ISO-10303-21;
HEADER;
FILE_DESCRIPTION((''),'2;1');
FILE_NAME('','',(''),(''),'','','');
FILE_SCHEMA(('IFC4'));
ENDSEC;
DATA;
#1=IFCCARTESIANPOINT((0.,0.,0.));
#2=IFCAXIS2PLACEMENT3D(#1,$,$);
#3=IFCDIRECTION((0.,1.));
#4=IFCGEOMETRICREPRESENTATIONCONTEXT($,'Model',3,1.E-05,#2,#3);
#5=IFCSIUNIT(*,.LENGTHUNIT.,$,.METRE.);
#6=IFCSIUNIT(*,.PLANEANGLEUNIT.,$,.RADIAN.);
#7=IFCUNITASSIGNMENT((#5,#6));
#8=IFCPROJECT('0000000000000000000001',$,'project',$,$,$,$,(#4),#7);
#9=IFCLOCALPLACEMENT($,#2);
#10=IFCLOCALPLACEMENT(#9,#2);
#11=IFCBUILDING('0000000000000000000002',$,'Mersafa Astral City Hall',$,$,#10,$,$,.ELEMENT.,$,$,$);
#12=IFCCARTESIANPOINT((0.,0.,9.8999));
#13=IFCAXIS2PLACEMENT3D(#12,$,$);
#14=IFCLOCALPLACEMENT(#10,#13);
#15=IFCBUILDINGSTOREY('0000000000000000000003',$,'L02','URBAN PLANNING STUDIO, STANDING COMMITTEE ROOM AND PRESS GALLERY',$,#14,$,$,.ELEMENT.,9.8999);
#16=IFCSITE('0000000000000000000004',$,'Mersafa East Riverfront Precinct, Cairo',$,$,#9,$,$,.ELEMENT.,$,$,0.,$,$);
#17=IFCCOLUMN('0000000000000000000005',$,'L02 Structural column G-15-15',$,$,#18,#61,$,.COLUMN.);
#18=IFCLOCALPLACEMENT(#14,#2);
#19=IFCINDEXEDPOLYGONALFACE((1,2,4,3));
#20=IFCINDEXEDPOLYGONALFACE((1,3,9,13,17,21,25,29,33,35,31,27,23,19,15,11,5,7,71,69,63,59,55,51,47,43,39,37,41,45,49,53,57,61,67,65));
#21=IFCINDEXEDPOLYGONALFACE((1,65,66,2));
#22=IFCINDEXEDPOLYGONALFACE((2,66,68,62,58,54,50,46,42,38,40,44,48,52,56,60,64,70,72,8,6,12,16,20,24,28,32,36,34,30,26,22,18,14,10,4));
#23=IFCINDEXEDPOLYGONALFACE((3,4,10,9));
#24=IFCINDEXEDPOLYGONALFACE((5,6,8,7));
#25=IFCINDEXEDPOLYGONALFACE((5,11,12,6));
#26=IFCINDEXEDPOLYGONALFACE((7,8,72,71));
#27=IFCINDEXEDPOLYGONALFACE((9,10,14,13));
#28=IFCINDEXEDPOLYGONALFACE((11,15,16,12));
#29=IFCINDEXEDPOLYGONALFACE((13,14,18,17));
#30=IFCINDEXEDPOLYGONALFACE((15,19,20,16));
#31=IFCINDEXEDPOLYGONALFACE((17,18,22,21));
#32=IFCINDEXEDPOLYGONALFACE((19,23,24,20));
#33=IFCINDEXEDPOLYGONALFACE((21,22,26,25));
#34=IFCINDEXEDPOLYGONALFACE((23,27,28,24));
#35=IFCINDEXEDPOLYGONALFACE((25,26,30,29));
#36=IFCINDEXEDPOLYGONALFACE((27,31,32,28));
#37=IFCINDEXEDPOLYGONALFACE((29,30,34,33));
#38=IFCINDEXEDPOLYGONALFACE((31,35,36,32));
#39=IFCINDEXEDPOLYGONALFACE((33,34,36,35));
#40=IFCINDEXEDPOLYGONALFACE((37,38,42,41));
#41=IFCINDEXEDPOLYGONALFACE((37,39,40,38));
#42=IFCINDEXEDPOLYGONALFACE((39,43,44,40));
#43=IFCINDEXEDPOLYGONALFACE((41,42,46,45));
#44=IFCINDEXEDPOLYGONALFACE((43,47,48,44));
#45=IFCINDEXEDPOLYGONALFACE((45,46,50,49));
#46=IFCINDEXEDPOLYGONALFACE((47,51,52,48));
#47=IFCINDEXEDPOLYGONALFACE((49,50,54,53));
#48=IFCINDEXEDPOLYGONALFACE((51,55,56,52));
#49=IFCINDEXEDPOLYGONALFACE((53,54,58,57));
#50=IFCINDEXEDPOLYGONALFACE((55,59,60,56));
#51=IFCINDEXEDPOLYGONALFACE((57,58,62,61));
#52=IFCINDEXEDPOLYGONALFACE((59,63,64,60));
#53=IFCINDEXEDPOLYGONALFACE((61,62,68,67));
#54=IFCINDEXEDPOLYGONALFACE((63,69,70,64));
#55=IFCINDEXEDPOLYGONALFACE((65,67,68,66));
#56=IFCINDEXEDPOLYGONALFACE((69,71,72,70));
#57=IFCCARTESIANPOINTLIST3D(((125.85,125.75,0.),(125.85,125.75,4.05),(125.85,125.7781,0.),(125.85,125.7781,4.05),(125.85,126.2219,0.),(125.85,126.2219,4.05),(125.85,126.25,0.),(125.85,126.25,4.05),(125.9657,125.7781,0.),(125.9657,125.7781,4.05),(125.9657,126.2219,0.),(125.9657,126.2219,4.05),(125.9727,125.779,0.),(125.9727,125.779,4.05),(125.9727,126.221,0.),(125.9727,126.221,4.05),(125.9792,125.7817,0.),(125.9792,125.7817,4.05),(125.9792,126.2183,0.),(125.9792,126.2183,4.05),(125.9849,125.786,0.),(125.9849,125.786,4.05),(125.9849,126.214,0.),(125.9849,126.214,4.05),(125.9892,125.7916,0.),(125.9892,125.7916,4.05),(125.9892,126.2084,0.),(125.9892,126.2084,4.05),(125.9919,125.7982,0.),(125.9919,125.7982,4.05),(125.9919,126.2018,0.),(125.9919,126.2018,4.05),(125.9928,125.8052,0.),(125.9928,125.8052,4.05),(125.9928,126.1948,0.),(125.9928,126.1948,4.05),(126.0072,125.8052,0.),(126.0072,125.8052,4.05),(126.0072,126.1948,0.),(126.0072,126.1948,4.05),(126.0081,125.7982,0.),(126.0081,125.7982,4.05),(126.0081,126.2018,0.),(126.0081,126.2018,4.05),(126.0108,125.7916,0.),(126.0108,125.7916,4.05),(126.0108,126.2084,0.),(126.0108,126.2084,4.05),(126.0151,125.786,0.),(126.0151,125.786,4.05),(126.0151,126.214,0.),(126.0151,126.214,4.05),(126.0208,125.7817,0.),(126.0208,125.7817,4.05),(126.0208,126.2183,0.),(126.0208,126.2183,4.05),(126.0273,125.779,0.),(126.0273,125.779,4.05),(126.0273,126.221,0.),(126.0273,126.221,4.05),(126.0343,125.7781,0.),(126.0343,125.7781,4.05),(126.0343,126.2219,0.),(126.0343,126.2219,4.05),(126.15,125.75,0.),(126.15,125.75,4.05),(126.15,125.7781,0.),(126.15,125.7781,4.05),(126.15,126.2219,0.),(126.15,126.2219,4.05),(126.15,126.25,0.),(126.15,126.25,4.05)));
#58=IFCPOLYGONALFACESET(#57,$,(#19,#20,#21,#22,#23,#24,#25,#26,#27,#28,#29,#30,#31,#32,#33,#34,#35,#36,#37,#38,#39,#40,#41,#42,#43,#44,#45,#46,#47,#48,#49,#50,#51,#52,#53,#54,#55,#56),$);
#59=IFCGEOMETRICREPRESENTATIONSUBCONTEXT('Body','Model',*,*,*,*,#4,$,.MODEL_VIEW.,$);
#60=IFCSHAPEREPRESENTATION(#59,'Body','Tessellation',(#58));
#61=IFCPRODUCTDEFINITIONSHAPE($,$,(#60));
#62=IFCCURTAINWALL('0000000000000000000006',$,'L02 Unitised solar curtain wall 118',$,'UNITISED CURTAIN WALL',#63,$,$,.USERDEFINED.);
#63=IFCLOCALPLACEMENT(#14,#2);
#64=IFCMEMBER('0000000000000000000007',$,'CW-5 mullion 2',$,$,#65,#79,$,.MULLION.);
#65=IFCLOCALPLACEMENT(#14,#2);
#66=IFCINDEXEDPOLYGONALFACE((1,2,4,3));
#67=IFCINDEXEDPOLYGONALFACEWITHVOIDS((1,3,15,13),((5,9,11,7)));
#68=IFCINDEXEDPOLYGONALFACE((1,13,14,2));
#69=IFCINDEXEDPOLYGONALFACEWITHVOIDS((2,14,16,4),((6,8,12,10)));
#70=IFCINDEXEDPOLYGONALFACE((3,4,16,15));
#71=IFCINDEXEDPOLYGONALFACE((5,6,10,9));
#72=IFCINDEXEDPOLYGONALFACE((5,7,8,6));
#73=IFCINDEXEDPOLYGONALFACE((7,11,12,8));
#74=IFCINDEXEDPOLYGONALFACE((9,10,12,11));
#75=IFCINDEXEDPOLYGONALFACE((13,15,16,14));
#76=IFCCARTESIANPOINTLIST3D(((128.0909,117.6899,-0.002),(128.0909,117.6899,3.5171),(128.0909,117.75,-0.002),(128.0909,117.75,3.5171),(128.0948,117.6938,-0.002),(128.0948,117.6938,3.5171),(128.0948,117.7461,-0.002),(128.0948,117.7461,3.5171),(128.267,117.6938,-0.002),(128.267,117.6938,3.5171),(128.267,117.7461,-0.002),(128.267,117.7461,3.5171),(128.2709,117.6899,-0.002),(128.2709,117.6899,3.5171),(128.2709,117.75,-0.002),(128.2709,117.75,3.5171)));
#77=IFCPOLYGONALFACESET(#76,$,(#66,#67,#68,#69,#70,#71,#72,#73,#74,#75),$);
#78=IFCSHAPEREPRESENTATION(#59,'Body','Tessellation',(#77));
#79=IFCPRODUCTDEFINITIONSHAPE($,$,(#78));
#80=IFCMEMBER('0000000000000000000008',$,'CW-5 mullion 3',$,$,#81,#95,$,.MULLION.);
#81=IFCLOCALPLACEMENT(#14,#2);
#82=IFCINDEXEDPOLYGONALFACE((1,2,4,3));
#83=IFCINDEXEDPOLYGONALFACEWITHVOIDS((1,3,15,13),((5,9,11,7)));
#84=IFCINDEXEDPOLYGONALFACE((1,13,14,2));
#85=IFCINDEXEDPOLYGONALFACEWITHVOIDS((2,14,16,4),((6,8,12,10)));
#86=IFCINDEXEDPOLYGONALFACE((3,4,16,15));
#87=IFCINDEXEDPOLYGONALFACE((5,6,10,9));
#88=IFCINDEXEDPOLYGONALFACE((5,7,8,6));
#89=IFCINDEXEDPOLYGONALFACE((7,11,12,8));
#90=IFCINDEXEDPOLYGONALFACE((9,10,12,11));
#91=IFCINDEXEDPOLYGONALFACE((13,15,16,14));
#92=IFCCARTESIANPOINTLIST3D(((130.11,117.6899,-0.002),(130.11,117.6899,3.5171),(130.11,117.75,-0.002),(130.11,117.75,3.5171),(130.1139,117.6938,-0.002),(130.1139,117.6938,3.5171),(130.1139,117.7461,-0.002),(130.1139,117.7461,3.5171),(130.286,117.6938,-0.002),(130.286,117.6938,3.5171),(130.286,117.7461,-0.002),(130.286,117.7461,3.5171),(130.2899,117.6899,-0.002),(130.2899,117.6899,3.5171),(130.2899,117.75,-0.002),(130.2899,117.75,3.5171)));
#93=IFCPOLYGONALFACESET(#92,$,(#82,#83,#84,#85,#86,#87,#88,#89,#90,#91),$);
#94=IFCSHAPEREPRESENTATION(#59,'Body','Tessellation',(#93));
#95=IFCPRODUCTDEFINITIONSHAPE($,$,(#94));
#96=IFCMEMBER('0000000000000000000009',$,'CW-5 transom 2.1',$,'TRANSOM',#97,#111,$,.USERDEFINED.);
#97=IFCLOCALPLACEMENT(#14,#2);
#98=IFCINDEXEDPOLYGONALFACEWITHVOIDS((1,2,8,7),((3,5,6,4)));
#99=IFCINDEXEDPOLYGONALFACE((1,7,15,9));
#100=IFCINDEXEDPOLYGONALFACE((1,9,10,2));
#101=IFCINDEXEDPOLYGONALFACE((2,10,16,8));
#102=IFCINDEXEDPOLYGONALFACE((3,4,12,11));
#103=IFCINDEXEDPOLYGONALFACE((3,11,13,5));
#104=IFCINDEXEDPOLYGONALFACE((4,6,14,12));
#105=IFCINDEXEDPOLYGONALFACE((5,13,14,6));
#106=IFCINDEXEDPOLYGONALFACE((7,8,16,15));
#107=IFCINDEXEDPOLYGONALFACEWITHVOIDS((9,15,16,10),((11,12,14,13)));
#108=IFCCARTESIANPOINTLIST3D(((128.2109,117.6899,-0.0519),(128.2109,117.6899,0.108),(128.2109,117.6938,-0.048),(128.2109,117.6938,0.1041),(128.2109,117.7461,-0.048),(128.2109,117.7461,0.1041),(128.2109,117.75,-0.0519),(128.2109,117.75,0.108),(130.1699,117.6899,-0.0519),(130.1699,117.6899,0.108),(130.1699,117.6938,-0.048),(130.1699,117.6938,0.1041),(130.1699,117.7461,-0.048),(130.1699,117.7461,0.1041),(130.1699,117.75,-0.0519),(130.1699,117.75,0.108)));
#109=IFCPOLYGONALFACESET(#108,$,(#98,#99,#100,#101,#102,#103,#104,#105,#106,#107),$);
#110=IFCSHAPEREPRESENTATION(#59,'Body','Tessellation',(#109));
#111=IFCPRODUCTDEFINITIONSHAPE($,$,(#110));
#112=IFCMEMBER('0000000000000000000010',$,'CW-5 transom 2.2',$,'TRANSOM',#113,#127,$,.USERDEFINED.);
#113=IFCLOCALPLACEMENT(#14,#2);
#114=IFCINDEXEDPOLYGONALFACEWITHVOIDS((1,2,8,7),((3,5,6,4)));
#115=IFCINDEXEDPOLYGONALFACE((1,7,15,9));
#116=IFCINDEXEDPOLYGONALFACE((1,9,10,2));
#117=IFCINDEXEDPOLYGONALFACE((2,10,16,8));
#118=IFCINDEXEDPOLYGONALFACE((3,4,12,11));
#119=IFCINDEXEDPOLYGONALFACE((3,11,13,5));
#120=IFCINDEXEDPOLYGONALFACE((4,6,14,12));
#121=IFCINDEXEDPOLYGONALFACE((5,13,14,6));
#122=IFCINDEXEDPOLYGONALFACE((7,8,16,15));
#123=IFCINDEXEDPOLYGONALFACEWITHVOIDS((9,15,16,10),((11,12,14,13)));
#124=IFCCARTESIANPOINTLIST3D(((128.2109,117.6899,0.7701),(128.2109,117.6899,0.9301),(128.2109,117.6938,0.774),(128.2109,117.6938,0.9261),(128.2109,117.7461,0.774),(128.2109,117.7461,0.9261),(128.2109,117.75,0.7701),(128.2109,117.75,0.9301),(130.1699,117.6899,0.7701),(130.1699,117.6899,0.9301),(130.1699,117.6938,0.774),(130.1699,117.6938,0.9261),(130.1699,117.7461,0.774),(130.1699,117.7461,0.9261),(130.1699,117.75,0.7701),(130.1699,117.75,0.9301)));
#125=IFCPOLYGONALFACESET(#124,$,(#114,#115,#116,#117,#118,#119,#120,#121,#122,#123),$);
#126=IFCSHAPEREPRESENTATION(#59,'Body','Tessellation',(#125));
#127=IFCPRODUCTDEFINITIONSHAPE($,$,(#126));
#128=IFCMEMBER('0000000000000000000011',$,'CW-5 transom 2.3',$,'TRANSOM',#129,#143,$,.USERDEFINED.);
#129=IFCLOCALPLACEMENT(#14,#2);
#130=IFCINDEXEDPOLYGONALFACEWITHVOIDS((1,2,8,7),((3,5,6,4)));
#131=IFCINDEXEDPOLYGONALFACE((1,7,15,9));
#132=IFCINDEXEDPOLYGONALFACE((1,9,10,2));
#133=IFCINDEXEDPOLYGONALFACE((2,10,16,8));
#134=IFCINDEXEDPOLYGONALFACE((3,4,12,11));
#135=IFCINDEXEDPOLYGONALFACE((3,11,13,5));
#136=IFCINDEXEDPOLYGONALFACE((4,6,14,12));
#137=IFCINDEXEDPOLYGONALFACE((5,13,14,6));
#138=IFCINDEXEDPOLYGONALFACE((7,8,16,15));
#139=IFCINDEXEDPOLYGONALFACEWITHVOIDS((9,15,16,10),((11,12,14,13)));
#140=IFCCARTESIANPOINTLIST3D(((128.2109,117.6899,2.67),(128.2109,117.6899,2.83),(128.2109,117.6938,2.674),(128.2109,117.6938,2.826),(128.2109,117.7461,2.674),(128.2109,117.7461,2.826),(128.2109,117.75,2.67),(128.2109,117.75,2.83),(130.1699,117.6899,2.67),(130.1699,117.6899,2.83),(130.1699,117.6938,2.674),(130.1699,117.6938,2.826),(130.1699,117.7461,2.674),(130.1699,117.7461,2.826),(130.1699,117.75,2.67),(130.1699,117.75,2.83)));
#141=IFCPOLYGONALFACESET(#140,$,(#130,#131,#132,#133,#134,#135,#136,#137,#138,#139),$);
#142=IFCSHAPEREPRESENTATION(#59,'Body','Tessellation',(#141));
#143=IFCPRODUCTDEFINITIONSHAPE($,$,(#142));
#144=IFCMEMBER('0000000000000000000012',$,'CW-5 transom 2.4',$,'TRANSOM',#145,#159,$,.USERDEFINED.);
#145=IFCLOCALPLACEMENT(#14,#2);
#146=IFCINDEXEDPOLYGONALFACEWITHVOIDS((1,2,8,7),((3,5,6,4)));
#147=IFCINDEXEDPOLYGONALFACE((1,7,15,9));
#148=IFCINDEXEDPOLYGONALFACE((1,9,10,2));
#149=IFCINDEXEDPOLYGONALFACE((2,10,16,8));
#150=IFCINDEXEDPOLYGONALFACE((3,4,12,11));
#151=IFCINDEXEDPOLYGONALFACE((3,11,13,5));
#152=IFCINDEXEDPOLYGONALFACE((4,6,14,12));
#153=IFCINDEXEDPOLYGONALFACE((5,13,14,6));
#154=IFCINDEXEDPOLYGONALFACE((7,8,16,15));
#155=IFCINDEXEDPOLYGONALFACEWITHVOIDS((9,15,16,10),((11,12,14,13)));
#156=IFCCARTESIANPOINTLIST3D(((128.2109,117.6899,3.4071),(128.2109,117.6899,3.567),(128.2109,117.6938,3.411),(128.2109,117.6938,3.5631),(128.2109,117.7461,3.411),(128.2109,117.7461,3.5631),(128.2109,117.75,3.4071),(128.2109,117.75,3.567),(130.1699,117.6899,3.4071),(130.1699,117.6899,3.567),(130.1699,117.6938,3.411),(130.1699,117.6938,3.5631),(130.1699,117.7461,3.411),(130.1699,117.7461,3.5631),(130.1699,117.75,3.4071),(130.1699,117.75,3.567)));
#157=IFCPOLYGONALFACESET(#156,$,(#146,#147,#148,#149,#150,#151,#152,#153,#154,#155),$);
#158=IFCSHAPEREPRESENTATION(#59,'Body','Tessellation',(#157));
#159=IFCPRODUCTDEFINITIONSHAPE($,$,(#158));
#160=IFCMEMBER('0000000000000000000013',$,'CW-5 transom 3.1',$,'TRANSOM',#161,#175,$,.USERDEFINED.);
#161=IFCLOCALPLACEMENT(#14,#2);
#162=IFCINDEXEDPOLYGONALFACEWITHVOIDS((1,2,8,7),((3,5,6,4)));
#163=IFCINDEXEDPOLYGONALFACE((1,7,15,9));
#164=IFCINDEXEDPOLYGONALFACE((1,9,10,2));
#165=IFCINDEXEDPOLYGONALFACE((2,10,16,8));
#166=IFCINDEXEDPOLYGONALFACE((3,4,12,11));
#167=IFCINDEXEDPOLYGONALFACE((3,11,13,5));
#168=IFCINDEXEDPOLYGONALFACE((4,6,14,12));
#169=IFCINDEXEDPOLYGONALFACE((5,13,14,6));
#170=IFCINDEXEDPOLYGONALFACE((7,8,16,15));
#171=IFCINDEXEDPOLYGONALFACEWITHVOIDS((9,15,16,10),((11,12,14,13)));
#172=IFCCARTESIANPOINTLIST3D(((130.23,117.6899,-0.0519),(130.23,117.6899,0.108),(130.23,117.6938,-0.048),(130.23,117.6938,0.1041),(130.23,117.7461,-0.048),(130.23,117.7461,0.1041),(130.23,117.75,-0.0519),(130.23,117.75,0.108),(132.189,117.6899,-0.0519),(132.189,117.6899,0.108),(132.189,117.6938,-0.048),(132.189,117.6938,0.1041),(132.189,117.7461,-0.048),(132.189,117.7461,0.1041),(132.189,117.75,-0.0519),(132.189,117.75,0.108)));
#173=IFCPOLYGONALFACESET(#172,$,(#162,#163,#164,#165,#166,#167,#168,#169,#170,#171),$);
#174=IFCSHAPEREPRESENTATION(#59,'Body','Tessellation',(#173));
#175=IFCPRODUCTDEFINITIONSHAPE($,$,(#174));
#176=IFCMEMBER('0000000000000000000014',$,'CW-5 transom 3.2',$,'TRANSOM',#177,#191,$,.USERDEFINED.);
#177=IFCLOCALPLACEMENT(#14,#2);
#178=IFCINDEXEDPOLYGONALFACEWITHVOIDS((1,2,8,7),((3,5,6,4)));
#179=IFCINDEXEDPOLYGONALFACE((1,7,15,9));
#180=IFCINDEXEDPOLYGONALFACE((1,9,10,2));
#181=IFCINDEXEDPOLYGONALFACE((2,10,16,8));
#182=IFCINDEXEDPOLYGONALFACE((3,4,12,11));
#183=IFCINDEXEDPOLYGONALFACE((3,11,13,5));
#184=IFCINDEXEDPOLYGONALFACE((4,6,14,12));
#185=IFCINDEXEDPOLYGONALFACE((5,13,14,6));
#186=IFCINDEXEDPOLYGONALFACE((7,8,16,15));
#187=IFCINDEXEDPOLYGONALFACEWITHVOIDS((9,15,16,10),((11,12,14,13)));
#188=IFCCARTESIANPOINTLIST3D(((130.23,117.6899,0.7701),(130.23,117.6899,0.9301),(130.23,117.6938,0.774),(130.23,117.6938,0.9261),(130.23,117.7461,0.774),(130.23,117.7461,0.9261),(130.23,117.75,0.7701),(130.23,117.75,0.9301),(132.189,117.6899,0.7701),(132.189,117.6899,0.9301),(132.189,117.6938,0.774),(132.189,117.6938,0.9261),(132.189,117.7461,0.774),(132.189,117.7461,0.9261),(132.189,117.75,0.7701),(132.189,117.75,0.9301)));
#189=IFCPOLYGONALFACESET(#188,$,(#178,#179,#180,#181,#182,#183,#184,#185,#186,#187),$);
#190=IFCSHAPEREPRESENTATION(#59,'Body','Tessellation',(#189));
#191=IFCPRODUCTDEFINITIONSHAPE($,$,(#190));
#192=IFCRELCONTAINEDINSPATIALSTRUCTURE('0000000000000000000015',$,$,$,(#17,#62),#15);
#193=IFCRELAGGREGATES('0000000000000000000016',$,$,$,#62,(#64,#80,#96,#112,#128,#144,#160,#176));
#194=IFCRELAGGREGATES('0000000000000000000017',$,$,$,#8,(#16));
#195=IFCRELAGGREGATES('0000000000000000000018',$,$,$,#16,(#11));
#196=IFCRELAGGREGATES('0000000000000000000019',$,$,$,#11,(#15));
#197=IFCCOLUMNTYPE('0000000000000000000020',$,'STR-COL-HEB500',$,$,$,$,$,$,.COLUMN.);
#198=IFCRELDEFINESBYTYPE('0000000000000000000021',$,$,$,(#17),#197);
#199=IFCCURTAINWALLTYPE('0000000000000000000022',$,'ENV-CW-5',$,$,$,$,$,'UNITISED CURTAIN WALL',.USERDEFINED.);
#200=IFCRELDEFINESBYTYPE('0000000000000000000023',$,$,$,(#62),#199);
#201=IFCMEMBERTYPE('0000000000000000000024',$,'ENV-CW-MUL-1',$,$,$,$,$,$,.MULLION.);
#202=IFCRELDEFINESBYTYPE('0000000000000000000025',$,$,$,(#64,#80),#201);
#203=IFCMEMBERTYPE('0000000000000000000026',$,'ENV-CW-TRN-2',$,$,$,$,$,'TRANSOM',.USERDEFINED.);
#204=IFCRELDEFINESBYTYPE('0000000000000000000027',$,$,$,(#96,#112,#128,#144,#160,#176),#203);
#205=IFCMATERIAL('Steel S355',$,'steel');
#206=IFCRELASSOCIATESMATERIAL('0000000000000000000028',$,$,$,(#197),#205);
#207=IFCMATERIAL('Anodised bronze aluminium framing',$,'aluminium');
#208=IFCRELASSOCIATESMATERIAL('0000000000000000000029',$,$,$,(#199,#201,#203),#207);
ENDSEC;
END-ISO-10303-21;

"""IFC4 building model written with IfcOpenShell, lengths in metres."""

from ifc_helpers import new_model, si_unit, direction, frame, origin, origin_2d, place, context, subcontext, project, spatial, hollow_rectangle, i_section, extrude, material, material_profile, profile_set, type_object, element, aggregate, save


model = new_model("IFC4")

# Units and contexts
model_context = context("Model", 3, precision=1e-05, world=origin(), true_north=direction((0.0, 1.0)))
body_context = subcontext(model_context, "Body", "Model", "MODEL_VIEW")
ifc_project = project(units=[si_unit("LENGTHUNIT", "METRE"), si_unit("PLANEANGLEUNIT", "RADIAN")], contexts=[model_context])

# Site, building, storey
site_placement = place(None, origin())
site = spatial("IfcSite", under=ifc_project, at=site_placement, Name="Mersafa East Riverfront Precinct, Cairo", CompositionType="ELEMENT", RefElevation=0.0)
building_placement = place(site_placement, origin())
building = spatial("IfcBuilding", under=site, at=building_placement, Name="Mersafa Astral City Hall", CompositionType="ELEMENT")
storey_placement = place(building_placement, frame((0.0, 0.0, 9.8999)))
storey = spatial("IfcBuildingStorey", under=building, at=storey_placement, Name="L02", Description="URBAN PLANNING STUDIO, STANDING COMMITTEE ROOM AND PRESS GALLERY", CompositionType="ELEMENT", Elevation=9.8999)

# Column
ifc_material_1 = material(Name="Steel S355", Category="steel")
ifc_material_profile_1 = material_profile(ifc_material_1, i_section(OverallWidth=0.3, OverallDepth=0.5, WebThickness=0.0144, FlangeThickness=0.0281, FilletRadius=0.0271, at=origin_2d()), Name="HEB 500")
ifc_profile_set_1 = profile_set([ifc_material_profile_1], Name="Steel S355")
column_type = type_object("IfcColumnType", Name="STR-COL-HEB500", PredefinedType="COLUMN", material=ifc_profile_set_1)
column_placement = place(storey_placement, frame((126.0, 126.0, 0.0), z_axis=(0.0, 0.0, 1.0), x_axis=(1.0, 0.0, 0.0)))
element("IfcColumn", 1, at=column_placement, inside=storey, type_object=column_type, Name="L02 Structural column G-15-15", PredefinedType="COLUMN", context=body_context, shape_type="SweptSolid", body=[
    extrude(i_section(OverallWidth=0.3, OverallDepth=0.5, WebThickness=0.0144, FlangeThickness=0.0281, FilletRadius=0.0271, at=origin_2d()), origin(), (0.0, 0.0, 1.0), 4.05),
])

# Curtain wall, members
ifc_material_2 = material(Name="Anodised bronze aluminium framing", Category="aluminium")
curtain_wall_type = type_object("IfcCurtainWallType", Name="ENV-CW-5", ElementType="UNITISED CURTAIN WALL", PredefinedType="USERDEFINED", material=ifc_material_2)
curtain_wall_placement = place(storey_placement, origin())
curtain_wall = element("IfcCurtainWall", 2, at=curtain_wall_placement, inside=storey, type_object=curtain_wall_type, Name="L02 Unitised solar curtain wall 118", ObjectType="UNITISED CURTAIN WALL", PredefinedType="USERDEFINED")
ifc_material_profile_2 = material_profile(ifc_material_2, hollow_rectangle(XDim=0.0601, YDim=0.1799, WallThickness=0.0039, at=origin_2d()), Name="RHS 60x180x4")
ifc_profile_set_2 = profile_set([ifc_material_profile_2], Name="Anodised bronze aluminium framing")
member_type_1 = type_object("IfcMemberType", Name="ENV-CW-MUL-1", PredefinedType="MULLION", material=ifc_profile_set_2)
member_1_placement = place(storey_placement, frame((128.1809, 117.72, -0.002), z_axis=(0.0, 0.0, 1.0), x_axis=(0.0, 1.0, 0.0)))
member_1 = element("IfcMember", 3, at=member_1_placement, type_object=member_type_1, Name="CW-5 mullion 2", PredefinedType="MULLION", context=body_context, shape_type="SweptSolid", body=[
    extrude(hollow_rectangle(XDim=0.0601, YDim=0.1799, WallThickness=0.0039, at=origin_2d()), origin(), (0.0, 0.0, 1.0), 3.519),
])
member_2_placement = place(storey_placement, frame((130.2, 117.72, -0.002), z_axis=(0.0, 0.0, 1.0), x_axis=(0.0, 1.0, 0.0)))
member_2 = element("IfcMember", 4, at=member_2_placement, type_object=member_type_1, Name="CW-5 mullion 3", PredefinedType="MULLION", context=body_context, shape_type="SweptSolid", body=[
    extrude(hollow_rectangle(XDim=0.0601, YDim=0.1799, WallThickness=0.0039, at=origin_2d()), origin(), (0.0, 0.0, 1.0), 3.519),
])
ifc_material_profile_3 = material_profile(ifc_material_2, hollow_rectangle(XDim=0.0601, YDim=0.1599, WallThickness=0.0039, at=origin_2d()), Name="RHS 60x160x4")
ifc_profile_set_3 = profile_set([ifc_material_profile_3], Name="Anodised bronze aluminium framing")
member_type_2 = type_object("IfcMemberType", Name="ENV-CW-TRN-2", ElementType="TRANSOM", PredefinedType="USERDEFINED", material=ifc_profile_set_3)
member_3_placement = place(storey_placement, frame((128.2109, 117.72, 0.0281), z_axis=(1.0, 0.0, 0.0), x_axis=(0.0, 1.0, 0.0)))
member_3 = element("IfcMember", 5, at=member_3_placement, type_object=member_type_2, Name="CW-5 transom 2.1", ObjectType="TRANSOM", PredefinedType="USERDEFINED", context=body_context, shape_type="SweptSolid", body=[
    extrude(hollow_rectangle(XDim=0.0601, YDim=0.1599, WallThickness=0.0039, at=origin_2d()), origin(), (0.0, 0.0, 1.0), 1.959),
])
member_4_placement = place(storey_placement, frame((128.2109, 117.72, 0.8501), z_axis=(1.0, 0.0, 0.0), x_axis=(0.0, 1.0, 0.0)))
member_4 = element("IfcMember", 6, at=member_4_placement, type_object=member_type_2, Name="CW-5 transom 2.2", ObjectType="TRANSOM", PredefinedType="USERDEFINED", context=body_context, shape_type="SweptSolid", body=[
    extrude(hollow_rectangle(XDim=0.0601, YDim=0.1599, WallThickness=0.0039, at=origin_2d()), origin(), (0.0, 0.0, 1.0), 1.959),
])
member_5_placement = place(storey_placement, frame((128.2109, 117.72, 2.75), z_axis=(1.0, 0.0, 0.0), x_axis=(0.0, 1.0, 0.0)))
member_5 = element("IfcMember", 7, at=member_5_placement, type_object=member_type_2, Name="CW-5 transom 2.3", ObjectType="TRANSOM", PredefinedType="USERDEFINED", context=body_context, shape_type="SweptSolid", body=[
    extrude(hollow_rectangle(XDim=0.0601, YDim=0.1599, WallThickness=0.0039, at=origin_2d()), origin(), (0.0, 0.0, 1.0), 1.959),
])
member_6_placement = place(storey_placement, frame((128.2109, 117.72, 3.4871), z_axis=(1.0, 0.0, 0.0), x_axis=(0.0, 1.0, 0.0)))
member_6 = element("IfcMember", 8, at=member_6_placement, type_object=member_type_2, Name="CW-5 transom 2.4", ObjectType="TRANSOM", PredefinedType="USERDEFINED", context=body_context, shape_type="SweptSolid", body=[
    extrude(hollow_rectangle(XDim=0.0601, YDim=0.1599, WallThickness=0.0039, at=origin_2d()), origin(), (0.0, 0.0, 1.0), 1.959),
])
member_7_placement = place(storey_placement, frame((130.23, 117.72, 0.0281), z_axis=(1.0, 0.0, 0.0), x_axis=(0.0, 1.0, 0.0)))
member_7 = element("IfcMember", 9, at=member_7_placement, type_object=member_type_2, Name="CW-5 transom 3.1", ObjectType="TRANSOM", PredefinedType="USERDEFINED", context=body_context, shape_type="SweptSolid", body=[
    extrude(hollow_rectangle(XDim=0.0601, YDim=0.1599, WallThickness=0.0039, at=origin_2d()), origin(), (0.0, 0.0, 1.0), 1.959),
])
member_8_placement = place(storey_placement, frame((130.23, 117.72, 0.8501), z_axis=(1.0, 0.0, 0.0), x_axis=(0.0, 1.0, 0.0)))
member_8 = element("IfcMember", 10, at=member_8_placement, type_object=member_type_2, Name="CW-5 transom 3.2", ObjectType="TRANSOM", PredefinedType="USERDEFINED", context=body_context, shape_type="SweptSolid", body=[
    extrude(hollow_rectangle(XDim=0.0601, YDim=0.1599, WallThickness=0.0039, at=origin_2d()), origin(), (0.0, 0.0, 1.0), 1.959),
])

aggregate(curtain_wall, [member_1, member_2, member_3, member_4, member_5, member_6, member_7, member_8])

save(model, "model.ifc")
